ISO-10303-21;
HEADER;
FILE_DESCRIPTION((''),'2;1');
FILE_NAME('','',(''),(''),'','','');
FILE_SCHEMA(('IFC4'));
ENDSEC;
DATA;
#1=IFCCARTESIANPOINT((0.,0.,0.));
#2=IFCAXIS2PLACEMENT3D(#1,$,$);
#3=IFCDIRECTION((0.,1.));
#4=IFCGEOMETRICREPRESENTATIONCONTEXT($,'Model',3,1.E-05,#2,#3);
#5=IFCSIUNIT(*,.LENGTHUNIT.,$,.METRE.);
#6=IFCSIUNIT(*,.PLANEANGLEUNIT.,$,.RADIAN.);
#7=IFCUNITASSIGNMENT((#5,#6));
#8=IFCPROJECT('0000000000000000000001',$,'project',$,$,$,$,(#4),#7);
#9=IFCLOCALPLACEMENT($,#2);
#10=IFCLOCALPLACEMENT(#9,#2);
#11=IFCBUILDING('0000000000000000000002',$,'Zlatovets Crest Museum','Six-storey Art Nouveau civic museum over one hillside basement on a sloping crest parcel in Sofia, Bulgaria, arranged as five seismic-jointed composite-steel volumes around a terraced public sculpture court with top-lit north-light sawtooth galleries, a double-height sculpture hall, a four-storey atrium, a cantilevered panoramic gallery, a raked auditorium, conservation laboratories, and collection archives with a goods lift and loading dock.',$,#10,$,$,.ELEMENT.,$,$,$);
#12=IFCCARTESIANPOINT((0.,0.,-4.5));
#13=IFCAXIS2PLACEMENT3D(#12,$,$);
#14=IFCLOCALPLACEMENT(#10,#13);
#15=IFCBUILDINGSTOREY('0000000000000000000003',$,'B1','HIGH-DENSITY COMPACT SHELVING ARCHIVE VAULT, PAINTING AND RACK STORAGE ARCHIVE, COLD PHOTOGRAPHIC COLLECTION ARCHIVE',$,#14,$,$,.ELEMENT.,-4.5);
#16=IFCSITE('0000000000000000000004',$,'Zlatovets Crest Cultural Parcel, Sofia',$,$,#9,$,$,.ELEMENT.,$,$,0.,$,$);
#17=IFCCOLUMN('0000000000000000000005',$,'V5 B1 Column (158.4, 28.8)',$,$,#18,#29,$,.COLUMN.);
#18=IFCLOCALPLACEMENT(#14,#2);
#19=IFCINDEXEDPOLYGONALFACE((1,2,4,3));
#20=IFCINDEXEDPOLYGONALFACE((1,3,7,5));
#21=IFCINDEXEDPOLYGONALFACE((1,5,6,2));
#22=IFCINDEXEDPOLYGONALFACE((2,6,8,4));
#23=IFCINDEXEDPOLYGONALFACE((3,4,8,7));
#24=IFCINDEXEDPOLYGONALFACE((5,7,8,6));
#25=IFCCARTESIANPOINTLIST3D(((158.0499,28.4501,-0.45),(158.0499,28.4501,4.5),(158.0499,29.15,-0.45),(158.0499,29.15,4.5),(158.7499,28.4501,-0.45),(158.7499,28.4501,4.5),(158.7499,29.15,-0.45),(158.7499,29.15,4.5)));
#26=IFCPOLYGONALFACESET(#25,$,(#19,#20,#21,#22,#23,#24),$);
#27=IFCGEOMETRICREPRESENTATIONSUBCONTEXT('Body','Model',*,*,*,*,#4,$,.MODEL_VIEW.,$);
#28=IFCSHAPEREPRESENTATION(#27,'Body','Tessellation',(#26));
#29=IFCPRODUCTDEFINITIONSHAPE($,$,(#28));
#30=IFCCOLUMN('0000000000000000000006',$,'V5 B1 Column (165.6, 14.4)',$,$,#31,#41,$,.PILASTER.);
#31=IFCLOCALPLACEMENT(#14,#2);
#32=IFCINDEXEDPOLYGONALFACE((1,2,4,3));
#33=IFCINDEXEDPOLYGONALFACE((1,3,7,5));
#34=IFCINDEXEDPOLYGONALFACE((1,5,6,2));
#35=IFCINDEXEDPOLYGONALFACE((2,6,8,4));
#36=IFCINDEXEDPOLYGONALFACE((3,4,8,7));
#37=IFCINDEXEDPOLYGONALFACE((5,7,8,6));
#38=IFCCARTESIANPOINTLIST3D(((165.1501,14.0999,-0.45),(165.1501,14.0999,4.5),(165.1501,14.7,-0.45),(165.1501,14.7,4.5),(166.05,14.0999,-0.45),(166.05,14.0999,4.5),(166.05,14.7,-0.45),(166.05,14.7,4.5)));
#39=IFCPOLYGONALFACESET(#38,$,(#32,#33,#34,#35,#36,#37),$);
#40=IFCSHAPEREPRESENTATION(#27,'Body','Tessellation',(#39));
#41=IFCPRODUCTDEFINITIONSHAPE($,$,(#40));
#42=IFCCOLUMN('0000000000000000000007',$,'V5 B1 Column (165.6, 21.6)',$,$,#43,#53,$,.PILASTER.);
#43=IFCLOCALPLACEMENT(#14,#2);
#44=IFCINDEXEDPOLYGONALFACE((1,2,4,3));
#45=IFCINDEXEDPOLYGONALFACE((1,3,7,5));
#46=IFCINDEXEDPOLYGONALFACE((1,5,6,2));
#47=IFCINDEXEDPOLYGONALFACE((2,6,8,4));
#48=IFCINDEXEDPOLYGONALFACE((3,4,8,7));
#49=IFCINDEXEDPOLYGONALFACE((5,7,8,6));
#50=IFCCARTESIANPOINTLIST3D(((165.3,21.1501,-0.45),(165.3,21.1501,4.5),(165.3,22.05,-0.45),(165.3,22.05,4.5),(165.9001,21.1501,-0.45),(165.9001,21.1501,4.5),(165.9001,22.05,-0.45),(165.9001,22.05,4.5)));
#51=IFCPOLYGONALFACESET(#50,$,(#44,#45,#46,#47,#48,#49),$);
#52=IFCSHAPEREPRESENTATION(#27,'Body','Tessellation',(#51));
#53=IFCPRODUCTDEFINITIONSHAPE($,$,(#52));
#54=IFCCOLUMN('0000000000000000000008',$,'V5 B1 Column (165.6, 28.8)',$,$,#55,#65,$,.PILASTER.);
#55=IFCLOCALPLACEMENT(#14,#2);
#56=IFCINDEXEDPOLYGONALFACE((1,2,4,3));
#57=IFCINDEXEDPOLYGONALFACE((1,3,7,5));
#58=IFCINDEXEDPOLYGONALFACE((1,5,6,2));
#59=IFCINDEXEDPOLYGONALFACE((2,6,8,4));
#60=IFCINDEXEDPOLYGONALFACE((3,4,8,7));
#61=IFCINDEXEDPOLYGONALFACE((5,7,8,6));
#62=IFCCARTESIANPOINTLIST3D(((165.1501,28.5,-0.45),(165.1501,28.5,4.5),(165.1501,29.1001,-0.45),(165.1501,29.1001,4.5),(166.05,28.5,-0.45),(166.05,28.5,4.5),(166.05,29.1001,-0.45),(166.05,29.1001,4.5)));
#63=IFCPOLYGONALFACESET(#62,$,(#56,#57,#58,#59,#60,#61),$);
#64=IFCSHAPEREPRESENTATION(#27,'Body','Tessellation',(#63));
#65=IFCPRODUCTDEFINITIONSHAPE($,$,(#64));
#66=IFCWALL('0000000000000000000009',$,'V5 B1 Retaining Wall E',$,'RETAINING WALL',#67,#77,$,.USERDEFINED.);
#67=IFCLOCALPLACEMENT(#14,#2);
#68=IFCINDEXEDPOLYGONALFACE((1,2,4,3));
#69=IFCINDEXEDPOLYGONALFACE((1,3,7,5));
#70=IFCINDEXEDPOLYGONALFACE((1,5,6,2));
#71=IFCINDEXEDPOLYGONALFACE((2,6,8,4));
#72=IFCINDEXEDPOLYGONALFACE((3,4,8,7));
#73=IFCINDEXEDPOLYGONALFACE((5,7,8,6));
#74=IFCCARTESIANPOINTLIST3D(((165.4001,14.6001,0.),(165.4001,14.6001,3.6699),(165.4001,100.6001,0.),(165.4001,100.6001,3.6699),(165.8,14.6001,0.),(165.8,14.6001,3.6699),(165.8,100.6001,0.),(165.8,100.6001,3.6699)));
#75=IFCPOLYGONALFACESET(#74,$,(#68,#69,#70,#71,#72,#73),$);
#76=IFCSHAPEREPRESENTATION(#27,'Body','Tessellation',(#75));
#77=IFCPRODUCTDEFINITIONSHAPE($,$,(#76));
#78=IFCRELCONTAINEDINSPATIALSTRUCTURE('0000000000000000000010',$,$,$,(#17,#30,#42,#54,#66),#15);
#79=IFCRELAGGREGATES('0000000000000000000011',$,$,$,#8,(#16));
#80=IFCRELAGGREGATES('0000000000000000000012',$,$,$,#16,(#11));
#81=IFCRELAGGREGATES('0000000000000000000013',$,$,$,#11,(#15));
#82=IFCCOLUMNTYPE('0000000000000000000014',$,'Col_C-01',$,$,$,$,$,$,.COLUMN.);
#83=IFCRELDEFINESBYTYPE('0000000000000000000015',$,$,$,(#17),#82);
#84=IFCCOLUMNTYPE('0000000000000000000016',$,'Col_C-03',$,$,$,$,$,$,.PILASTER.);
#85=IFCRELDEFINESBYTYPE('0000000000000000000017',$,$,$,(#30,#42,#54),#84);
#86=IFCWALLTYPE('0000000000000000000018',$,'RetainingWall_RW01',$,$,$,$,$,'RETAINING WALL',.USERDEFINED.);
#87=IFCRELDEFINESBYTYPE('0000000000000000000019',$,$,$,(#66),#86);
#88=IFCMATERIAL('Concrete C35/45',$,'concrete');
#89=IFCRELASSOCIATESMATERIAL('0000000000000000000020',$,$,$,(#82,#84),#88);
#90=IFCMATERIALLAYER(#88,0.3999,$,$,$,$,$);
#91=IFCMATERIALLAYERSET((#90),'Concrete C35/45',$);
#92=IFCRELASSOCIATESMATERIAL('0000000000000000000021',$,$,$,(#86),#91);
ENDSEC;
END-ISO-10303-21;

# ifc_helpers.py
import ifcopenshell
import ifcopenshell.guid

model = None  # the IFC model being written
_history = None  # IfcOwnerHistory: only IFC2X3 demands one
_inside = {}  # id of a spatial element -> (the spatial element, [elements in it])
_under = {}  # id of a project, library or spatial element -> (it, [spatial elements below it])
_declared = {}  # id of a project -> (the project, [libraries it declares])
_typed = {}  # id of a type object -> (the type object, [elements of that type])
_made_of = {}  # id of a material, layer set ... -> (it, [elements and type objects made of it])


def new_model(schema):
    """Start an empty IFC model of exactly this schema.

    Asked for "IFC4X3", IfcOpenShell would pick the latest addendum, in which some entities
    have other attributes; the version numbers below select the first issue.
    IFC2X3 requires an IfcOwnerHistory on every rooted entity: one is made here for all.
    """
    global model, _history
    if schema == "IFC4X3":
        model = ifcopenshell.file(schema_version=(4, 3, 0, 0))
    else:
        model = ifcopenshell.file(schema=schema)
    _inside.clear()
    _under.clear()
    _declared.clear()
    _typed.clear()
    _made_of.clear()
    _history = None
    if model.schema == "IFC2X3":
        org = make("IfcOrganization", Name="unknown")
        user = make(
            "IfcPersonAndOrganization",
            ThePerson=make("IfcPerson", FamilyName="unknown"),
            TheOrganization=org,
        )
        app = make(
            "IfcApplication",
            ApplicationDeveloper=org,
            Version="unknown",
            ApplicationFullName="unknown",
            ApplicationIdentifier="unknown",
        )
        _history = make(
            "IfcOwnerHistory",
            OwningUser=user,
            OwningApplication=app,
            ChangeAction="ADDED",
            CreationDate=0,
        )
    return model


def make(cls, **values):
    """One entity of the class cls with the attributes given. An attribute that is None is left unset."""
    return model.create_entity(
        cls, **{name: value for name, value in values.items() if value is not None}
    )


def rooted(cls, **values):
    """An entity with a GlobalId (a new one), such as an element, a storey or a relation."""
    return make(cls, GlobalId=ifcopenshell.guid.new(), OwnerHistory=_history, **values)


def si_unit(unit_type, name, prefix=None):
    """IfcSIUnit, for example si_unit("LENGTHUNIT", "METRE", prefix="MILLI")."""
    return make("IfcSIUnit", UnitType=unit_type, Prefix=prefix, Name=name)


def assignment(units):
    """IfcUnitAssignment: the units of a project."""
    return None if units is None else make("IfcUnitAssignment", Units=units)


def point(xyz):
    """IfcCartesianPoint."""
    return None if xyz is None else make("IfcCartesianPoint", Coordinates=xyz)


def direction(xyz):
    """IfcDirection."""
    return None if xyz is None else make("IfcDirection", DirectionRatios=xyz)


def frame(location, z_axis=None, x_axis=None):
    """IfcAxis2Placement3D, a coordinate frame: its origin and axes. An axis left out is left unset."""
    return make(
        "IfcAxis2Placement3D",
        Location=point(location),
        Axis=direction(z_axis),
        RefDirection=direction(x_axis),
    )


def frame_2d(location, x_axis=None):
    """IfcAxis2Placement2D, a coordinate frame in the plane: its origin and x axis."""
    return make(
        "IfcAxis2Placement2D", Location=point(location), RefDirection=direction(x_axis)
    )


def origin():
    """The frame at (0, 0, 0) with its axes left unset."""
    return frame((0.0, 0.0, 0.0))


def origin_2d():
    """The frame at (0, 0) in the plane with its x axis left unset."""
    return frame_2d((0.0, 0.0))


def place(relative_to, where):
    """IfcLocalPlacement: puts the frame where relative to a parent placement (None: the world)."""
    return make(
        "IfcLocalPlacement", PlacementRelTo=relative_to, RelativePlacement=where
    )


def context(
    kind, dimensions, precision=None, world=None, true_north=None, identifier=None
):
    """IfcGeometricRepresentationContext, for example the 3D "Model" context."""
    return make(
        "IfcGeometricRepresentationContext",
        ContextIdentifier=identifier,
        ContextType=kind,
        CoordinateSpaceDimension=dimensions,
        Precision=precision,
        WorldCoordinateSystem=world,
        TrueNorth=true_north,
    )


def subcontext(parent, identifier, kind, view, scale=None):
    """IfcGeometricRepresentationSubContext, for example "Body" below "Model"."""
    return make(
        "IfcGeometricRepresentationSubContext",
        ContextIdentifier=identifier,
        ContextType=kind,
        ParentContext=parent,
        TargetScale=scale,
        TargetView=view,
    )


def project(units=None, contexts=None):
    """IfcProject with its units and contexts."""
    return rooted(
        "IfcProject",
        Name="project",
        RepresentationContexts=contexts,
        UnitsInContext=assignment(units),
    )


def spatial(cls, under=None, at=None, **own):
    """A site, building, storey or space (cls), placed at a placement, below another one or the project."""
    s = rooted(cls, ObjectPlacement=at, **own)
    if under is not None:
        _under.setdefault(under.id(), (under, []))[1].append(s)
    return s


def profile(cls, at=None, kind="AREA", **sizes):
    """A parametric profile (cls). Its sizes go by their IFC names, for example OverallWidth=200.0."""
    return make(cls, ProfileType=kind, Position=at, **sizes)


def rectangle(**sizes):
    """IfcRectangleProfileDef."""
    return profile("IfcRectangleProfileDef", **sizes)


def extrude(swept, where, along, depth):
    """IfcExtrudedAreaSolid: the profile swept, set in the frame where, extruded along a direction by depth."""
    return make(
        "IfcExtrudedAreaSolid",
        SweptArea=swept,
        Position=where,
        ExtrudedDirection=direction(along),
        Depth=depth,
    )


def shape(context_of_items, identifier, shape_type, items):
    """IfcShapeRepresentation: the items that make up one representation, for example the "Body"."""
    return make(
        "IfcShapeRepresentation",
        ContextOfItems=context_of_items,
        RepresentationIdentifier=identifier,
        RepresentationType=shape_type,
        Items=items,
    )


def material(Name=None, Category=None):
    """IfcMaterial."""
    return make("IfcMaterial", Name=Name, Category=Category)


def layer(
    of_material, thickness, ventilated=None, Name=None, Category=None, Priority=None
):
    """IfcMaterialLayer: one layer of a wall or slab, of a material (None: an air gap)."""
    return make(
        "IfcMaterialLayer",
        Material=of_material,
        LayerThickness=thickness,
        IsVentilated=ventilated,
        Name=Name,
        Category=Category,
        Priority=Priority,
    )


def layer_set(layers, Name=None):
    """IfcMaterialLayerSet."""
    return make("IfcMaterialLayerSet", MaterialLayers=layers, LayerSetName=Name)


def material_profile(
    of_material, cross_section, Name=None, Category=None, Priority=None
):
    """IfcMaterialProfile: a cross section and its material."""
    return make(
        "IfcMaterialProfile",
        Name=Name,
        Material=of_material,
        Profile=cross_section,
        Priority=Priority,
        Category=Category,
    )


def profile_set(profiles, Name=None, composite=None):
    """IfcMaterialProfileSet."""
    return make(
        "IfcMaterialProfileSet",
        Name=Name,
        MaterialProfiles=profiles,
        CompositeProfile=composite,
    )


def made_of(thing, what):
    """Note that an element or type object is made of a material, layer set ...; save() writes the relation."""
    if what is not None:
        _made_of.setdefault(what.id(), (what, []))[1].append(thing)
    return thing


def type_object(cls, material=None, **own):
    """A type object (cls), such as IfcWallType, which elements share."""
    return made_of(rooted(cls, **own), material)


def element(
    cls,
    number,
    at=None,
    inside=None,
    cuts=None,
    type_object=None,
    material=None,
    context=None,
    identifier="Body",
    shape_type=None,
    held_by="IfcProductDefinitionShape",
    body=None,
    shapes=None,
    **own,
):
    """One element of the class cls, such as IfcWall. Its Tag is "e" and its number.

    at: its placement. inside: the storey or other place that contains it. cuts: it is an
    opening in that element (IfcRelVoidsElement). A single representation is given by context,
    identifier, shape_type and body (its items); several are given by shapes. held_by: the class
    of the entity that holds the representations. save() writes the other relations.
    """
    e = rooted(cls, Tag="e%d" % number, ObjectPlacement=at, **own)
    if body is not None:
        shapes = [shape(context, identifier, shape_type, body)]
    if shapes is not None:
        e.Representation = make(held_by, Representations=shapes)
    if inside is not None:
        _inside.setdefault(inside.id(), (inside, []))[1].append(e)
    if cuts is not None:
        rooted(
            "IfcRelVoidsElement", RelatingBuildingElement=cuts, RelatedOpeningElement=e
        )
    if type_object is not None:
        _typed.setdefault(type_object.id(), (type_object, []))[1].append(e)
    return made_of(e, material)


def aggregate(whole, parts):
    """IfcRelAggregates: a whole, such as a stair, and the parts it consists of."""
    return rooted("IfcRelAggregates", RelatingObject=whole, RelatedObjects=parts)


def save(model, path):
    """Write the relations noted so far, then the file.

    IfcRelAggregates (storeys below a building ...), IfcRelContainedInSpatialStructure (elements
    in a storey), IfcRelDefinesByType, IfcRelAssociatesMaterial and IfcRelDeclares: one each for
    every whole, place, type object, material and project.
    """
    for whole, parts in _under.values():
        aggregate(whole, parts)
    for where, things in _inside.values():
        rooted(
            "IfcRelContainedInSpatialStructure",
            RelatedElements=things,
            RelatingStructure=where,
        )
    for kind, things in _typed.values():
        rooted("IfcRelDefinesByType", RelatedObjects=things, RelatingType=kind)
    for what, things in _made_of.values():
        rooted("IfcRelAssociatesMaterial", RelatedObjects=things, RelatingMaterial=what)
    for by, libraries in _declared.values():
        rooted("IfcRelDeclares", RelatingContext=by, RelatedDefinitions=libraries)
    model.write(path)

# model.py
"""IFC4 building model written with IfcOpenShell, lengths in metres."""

from ifc_helpers import new_model, si_unit, direction, frame, frame_2d, origin, origin_2d, place, context, subcontext, project, spatial, rectangle, extrude, material, layer, layer_set, material_profile, profile_set, type_object, element, save


model = new_model("IFC4")

# Units and contexts
model_context = context("Model", 3, precision=1e-05, world=origin(), true_north=direction((0.0, 1.0)))
body_context = subcontext(model_context, "Body", "Model", "MODEL_VIEW")
ifc_project = project(units=[si_unit("LENGTHUNIT", "METRE"), si_unit("PLANEANGLEUNIT", "RADIAN")], contexts=[model_context])

# Site, building, storey
site_placement = place(None, origin())
site = spatial("IfcSite", under=ifc_project, at=site_placement, Name="Zlatovets Crest Cultural Parcel, Sofia", CompositionType="ELEMENT", RefElevation=0.0)
building_placement = place(site_placement, origin())
building = spatial("IfcBuilding", under=site, at=building_placement, Name="Zlatovets Crest Museum", Description="Six-storey Art Nouveau civic museum over one hillside basement on a sloping crest parcel in Sofia, Bulgaria, arranged as five seismic-jointed composite-steel volumes around a terraced public sculpture court with top-lit north-light sawtooth galleries, a double-height sculpture hall, a four-storey atrium, a cantilevered panoramic gallery, a raked auditorium, conservation laboratories, and collection archives with a goods lift and loading dock.", CompositionType="ELEMENT")
storey_placement = place(building_placement, frame((0.0, 0.0, -4.5)))
storey = spatial("IfcBuildingStorey", under=building, at=storey_placement, Name="B1", Description="HIGH-DENSITY COMPACT SHELVING ARCHIVE VAULT, PAINTING AND RACK STORAGE ARCHIVE, COLD PHOTOGRAPHIC COLLECTION ARCHIVE", CompositionType="ELEMENT", Elevation=-4.5)

# Shared definitions
ifc_material = material(Name="Concrete C35/45", Category="concrete")

# Columns
ifc_material_profile_1 = material_profile(ifc_material, rectangle(XDim=0.7, YDim=0.7, at=origin_2d()), Name="RC 700x700")
ifc_profile_set_1 = profile_set([ifc_material_profile_1], Name="Concrete C35/45")
column_type_1 = type_object("IfcColumnType", Name="Col_C-01", PredefinedType="COLUMN", material=ifc_profile_set_1)
column_placement = place(storey_placement, frame((158.3999, 28.8, -0.45), z_axis=(0.0, 0.0, 1.0), x_axis=(1.0, 0.0, 0.0)))
element("IfcColumn", 1, at=column_placement, inside=storey, type_object=column_type_1, Name="V5 B1 Column (158.4, 28.8)", PredefinedType="COLUMN", context=body_context, shape_type="SweptSolid", body=[
    extrude(rectangle(XDim=0.7, YDim=0.7, at=origin_2d()), origin(), (0.0, 0.0, 1.0), 4.95),
])
ifc_material_profile_2 = material_profile(ifc_material, rectangle(XDim=0.6001, YDim=0.8999, at=origin_2d()), Name="RC 600x900")
ifc_profile_set_2 = profile_set([ifc_material_profile_2], Name="Concrete C35/45")
column_type_2 = type_object("IfcColumnType", Name="Col_C-03", PredefinedType="PILASTER", material=ifc_profile_set_2)
for number, where, z_axis, x_axis, name in (
    (2, (165.6001, 14.3999, -0.45), (0.0, 0.0, 1.0), (0.0, 1.0, 0.0), "V5 B1 Column (165.6, 14.4)"),
    (3, (165.6001, 21.6001, -0.45), (0.0, 0.0, 1.0), (1.0, 0.0, 0.0), "V5 B1 Column (165.6, 21.6)"),
    (4, (165.6001, 28.8, -0.45), (0.0, 0.0, 1.0), (0.0, 1.0, 0.0), "V5 B1 Column (165.6, 28.8)"),
):
    element("IfcColumn", number, at=place(storey_placement, frame(where, z_axis=z_axis, x_axis=x_axis)), inside=storey, type_object=column_type_2, Name=name, PredefinedType="PILASTER", context=body_context, shape_type="SweptSolid", body=[
        extrude(rectangle(XDim=0.6001, YDim=0.8999, at=origin_2d()), origin(), (0.0, 0.0, 1.0), 4.95),
    ])

# Wall
ifc_layer = layer(ifc_material, 0.3999)
ifc_layer_set = layer_set([ifc_layer], Name="Concrete C35/45")
wall_type = type_object("IfcWallType", Name="RetainingWall_RW01", ElementType="RETAINING WALL", PredefinedType="USERDEFINED", material=ifc_layer_set)
wall_placement = place(storey_placement, frame((165.6001, 14.6001, 0.0), z_axis=(0.0, 0.0, 1.0), x_axis=(0.0, 1.0, 0.0)))
element("IfcWall", 5, at=wall_placement, inside=storey, type_object=wall_type, Name="V5 B1 Retaining Wall E", ObjectType="RETAINING WALL", PredefinedType="USERDEFINED", context=body_context, shape_type="SweptSolid", body=[
    extrude(rectangle(XDim=86.0, YDim=0.3999, at=frame_2d((43.0, 0.0))), origin(), (0.0, 0.0, 1.0), 3.6699),
])

save(model, "model.ifc")
